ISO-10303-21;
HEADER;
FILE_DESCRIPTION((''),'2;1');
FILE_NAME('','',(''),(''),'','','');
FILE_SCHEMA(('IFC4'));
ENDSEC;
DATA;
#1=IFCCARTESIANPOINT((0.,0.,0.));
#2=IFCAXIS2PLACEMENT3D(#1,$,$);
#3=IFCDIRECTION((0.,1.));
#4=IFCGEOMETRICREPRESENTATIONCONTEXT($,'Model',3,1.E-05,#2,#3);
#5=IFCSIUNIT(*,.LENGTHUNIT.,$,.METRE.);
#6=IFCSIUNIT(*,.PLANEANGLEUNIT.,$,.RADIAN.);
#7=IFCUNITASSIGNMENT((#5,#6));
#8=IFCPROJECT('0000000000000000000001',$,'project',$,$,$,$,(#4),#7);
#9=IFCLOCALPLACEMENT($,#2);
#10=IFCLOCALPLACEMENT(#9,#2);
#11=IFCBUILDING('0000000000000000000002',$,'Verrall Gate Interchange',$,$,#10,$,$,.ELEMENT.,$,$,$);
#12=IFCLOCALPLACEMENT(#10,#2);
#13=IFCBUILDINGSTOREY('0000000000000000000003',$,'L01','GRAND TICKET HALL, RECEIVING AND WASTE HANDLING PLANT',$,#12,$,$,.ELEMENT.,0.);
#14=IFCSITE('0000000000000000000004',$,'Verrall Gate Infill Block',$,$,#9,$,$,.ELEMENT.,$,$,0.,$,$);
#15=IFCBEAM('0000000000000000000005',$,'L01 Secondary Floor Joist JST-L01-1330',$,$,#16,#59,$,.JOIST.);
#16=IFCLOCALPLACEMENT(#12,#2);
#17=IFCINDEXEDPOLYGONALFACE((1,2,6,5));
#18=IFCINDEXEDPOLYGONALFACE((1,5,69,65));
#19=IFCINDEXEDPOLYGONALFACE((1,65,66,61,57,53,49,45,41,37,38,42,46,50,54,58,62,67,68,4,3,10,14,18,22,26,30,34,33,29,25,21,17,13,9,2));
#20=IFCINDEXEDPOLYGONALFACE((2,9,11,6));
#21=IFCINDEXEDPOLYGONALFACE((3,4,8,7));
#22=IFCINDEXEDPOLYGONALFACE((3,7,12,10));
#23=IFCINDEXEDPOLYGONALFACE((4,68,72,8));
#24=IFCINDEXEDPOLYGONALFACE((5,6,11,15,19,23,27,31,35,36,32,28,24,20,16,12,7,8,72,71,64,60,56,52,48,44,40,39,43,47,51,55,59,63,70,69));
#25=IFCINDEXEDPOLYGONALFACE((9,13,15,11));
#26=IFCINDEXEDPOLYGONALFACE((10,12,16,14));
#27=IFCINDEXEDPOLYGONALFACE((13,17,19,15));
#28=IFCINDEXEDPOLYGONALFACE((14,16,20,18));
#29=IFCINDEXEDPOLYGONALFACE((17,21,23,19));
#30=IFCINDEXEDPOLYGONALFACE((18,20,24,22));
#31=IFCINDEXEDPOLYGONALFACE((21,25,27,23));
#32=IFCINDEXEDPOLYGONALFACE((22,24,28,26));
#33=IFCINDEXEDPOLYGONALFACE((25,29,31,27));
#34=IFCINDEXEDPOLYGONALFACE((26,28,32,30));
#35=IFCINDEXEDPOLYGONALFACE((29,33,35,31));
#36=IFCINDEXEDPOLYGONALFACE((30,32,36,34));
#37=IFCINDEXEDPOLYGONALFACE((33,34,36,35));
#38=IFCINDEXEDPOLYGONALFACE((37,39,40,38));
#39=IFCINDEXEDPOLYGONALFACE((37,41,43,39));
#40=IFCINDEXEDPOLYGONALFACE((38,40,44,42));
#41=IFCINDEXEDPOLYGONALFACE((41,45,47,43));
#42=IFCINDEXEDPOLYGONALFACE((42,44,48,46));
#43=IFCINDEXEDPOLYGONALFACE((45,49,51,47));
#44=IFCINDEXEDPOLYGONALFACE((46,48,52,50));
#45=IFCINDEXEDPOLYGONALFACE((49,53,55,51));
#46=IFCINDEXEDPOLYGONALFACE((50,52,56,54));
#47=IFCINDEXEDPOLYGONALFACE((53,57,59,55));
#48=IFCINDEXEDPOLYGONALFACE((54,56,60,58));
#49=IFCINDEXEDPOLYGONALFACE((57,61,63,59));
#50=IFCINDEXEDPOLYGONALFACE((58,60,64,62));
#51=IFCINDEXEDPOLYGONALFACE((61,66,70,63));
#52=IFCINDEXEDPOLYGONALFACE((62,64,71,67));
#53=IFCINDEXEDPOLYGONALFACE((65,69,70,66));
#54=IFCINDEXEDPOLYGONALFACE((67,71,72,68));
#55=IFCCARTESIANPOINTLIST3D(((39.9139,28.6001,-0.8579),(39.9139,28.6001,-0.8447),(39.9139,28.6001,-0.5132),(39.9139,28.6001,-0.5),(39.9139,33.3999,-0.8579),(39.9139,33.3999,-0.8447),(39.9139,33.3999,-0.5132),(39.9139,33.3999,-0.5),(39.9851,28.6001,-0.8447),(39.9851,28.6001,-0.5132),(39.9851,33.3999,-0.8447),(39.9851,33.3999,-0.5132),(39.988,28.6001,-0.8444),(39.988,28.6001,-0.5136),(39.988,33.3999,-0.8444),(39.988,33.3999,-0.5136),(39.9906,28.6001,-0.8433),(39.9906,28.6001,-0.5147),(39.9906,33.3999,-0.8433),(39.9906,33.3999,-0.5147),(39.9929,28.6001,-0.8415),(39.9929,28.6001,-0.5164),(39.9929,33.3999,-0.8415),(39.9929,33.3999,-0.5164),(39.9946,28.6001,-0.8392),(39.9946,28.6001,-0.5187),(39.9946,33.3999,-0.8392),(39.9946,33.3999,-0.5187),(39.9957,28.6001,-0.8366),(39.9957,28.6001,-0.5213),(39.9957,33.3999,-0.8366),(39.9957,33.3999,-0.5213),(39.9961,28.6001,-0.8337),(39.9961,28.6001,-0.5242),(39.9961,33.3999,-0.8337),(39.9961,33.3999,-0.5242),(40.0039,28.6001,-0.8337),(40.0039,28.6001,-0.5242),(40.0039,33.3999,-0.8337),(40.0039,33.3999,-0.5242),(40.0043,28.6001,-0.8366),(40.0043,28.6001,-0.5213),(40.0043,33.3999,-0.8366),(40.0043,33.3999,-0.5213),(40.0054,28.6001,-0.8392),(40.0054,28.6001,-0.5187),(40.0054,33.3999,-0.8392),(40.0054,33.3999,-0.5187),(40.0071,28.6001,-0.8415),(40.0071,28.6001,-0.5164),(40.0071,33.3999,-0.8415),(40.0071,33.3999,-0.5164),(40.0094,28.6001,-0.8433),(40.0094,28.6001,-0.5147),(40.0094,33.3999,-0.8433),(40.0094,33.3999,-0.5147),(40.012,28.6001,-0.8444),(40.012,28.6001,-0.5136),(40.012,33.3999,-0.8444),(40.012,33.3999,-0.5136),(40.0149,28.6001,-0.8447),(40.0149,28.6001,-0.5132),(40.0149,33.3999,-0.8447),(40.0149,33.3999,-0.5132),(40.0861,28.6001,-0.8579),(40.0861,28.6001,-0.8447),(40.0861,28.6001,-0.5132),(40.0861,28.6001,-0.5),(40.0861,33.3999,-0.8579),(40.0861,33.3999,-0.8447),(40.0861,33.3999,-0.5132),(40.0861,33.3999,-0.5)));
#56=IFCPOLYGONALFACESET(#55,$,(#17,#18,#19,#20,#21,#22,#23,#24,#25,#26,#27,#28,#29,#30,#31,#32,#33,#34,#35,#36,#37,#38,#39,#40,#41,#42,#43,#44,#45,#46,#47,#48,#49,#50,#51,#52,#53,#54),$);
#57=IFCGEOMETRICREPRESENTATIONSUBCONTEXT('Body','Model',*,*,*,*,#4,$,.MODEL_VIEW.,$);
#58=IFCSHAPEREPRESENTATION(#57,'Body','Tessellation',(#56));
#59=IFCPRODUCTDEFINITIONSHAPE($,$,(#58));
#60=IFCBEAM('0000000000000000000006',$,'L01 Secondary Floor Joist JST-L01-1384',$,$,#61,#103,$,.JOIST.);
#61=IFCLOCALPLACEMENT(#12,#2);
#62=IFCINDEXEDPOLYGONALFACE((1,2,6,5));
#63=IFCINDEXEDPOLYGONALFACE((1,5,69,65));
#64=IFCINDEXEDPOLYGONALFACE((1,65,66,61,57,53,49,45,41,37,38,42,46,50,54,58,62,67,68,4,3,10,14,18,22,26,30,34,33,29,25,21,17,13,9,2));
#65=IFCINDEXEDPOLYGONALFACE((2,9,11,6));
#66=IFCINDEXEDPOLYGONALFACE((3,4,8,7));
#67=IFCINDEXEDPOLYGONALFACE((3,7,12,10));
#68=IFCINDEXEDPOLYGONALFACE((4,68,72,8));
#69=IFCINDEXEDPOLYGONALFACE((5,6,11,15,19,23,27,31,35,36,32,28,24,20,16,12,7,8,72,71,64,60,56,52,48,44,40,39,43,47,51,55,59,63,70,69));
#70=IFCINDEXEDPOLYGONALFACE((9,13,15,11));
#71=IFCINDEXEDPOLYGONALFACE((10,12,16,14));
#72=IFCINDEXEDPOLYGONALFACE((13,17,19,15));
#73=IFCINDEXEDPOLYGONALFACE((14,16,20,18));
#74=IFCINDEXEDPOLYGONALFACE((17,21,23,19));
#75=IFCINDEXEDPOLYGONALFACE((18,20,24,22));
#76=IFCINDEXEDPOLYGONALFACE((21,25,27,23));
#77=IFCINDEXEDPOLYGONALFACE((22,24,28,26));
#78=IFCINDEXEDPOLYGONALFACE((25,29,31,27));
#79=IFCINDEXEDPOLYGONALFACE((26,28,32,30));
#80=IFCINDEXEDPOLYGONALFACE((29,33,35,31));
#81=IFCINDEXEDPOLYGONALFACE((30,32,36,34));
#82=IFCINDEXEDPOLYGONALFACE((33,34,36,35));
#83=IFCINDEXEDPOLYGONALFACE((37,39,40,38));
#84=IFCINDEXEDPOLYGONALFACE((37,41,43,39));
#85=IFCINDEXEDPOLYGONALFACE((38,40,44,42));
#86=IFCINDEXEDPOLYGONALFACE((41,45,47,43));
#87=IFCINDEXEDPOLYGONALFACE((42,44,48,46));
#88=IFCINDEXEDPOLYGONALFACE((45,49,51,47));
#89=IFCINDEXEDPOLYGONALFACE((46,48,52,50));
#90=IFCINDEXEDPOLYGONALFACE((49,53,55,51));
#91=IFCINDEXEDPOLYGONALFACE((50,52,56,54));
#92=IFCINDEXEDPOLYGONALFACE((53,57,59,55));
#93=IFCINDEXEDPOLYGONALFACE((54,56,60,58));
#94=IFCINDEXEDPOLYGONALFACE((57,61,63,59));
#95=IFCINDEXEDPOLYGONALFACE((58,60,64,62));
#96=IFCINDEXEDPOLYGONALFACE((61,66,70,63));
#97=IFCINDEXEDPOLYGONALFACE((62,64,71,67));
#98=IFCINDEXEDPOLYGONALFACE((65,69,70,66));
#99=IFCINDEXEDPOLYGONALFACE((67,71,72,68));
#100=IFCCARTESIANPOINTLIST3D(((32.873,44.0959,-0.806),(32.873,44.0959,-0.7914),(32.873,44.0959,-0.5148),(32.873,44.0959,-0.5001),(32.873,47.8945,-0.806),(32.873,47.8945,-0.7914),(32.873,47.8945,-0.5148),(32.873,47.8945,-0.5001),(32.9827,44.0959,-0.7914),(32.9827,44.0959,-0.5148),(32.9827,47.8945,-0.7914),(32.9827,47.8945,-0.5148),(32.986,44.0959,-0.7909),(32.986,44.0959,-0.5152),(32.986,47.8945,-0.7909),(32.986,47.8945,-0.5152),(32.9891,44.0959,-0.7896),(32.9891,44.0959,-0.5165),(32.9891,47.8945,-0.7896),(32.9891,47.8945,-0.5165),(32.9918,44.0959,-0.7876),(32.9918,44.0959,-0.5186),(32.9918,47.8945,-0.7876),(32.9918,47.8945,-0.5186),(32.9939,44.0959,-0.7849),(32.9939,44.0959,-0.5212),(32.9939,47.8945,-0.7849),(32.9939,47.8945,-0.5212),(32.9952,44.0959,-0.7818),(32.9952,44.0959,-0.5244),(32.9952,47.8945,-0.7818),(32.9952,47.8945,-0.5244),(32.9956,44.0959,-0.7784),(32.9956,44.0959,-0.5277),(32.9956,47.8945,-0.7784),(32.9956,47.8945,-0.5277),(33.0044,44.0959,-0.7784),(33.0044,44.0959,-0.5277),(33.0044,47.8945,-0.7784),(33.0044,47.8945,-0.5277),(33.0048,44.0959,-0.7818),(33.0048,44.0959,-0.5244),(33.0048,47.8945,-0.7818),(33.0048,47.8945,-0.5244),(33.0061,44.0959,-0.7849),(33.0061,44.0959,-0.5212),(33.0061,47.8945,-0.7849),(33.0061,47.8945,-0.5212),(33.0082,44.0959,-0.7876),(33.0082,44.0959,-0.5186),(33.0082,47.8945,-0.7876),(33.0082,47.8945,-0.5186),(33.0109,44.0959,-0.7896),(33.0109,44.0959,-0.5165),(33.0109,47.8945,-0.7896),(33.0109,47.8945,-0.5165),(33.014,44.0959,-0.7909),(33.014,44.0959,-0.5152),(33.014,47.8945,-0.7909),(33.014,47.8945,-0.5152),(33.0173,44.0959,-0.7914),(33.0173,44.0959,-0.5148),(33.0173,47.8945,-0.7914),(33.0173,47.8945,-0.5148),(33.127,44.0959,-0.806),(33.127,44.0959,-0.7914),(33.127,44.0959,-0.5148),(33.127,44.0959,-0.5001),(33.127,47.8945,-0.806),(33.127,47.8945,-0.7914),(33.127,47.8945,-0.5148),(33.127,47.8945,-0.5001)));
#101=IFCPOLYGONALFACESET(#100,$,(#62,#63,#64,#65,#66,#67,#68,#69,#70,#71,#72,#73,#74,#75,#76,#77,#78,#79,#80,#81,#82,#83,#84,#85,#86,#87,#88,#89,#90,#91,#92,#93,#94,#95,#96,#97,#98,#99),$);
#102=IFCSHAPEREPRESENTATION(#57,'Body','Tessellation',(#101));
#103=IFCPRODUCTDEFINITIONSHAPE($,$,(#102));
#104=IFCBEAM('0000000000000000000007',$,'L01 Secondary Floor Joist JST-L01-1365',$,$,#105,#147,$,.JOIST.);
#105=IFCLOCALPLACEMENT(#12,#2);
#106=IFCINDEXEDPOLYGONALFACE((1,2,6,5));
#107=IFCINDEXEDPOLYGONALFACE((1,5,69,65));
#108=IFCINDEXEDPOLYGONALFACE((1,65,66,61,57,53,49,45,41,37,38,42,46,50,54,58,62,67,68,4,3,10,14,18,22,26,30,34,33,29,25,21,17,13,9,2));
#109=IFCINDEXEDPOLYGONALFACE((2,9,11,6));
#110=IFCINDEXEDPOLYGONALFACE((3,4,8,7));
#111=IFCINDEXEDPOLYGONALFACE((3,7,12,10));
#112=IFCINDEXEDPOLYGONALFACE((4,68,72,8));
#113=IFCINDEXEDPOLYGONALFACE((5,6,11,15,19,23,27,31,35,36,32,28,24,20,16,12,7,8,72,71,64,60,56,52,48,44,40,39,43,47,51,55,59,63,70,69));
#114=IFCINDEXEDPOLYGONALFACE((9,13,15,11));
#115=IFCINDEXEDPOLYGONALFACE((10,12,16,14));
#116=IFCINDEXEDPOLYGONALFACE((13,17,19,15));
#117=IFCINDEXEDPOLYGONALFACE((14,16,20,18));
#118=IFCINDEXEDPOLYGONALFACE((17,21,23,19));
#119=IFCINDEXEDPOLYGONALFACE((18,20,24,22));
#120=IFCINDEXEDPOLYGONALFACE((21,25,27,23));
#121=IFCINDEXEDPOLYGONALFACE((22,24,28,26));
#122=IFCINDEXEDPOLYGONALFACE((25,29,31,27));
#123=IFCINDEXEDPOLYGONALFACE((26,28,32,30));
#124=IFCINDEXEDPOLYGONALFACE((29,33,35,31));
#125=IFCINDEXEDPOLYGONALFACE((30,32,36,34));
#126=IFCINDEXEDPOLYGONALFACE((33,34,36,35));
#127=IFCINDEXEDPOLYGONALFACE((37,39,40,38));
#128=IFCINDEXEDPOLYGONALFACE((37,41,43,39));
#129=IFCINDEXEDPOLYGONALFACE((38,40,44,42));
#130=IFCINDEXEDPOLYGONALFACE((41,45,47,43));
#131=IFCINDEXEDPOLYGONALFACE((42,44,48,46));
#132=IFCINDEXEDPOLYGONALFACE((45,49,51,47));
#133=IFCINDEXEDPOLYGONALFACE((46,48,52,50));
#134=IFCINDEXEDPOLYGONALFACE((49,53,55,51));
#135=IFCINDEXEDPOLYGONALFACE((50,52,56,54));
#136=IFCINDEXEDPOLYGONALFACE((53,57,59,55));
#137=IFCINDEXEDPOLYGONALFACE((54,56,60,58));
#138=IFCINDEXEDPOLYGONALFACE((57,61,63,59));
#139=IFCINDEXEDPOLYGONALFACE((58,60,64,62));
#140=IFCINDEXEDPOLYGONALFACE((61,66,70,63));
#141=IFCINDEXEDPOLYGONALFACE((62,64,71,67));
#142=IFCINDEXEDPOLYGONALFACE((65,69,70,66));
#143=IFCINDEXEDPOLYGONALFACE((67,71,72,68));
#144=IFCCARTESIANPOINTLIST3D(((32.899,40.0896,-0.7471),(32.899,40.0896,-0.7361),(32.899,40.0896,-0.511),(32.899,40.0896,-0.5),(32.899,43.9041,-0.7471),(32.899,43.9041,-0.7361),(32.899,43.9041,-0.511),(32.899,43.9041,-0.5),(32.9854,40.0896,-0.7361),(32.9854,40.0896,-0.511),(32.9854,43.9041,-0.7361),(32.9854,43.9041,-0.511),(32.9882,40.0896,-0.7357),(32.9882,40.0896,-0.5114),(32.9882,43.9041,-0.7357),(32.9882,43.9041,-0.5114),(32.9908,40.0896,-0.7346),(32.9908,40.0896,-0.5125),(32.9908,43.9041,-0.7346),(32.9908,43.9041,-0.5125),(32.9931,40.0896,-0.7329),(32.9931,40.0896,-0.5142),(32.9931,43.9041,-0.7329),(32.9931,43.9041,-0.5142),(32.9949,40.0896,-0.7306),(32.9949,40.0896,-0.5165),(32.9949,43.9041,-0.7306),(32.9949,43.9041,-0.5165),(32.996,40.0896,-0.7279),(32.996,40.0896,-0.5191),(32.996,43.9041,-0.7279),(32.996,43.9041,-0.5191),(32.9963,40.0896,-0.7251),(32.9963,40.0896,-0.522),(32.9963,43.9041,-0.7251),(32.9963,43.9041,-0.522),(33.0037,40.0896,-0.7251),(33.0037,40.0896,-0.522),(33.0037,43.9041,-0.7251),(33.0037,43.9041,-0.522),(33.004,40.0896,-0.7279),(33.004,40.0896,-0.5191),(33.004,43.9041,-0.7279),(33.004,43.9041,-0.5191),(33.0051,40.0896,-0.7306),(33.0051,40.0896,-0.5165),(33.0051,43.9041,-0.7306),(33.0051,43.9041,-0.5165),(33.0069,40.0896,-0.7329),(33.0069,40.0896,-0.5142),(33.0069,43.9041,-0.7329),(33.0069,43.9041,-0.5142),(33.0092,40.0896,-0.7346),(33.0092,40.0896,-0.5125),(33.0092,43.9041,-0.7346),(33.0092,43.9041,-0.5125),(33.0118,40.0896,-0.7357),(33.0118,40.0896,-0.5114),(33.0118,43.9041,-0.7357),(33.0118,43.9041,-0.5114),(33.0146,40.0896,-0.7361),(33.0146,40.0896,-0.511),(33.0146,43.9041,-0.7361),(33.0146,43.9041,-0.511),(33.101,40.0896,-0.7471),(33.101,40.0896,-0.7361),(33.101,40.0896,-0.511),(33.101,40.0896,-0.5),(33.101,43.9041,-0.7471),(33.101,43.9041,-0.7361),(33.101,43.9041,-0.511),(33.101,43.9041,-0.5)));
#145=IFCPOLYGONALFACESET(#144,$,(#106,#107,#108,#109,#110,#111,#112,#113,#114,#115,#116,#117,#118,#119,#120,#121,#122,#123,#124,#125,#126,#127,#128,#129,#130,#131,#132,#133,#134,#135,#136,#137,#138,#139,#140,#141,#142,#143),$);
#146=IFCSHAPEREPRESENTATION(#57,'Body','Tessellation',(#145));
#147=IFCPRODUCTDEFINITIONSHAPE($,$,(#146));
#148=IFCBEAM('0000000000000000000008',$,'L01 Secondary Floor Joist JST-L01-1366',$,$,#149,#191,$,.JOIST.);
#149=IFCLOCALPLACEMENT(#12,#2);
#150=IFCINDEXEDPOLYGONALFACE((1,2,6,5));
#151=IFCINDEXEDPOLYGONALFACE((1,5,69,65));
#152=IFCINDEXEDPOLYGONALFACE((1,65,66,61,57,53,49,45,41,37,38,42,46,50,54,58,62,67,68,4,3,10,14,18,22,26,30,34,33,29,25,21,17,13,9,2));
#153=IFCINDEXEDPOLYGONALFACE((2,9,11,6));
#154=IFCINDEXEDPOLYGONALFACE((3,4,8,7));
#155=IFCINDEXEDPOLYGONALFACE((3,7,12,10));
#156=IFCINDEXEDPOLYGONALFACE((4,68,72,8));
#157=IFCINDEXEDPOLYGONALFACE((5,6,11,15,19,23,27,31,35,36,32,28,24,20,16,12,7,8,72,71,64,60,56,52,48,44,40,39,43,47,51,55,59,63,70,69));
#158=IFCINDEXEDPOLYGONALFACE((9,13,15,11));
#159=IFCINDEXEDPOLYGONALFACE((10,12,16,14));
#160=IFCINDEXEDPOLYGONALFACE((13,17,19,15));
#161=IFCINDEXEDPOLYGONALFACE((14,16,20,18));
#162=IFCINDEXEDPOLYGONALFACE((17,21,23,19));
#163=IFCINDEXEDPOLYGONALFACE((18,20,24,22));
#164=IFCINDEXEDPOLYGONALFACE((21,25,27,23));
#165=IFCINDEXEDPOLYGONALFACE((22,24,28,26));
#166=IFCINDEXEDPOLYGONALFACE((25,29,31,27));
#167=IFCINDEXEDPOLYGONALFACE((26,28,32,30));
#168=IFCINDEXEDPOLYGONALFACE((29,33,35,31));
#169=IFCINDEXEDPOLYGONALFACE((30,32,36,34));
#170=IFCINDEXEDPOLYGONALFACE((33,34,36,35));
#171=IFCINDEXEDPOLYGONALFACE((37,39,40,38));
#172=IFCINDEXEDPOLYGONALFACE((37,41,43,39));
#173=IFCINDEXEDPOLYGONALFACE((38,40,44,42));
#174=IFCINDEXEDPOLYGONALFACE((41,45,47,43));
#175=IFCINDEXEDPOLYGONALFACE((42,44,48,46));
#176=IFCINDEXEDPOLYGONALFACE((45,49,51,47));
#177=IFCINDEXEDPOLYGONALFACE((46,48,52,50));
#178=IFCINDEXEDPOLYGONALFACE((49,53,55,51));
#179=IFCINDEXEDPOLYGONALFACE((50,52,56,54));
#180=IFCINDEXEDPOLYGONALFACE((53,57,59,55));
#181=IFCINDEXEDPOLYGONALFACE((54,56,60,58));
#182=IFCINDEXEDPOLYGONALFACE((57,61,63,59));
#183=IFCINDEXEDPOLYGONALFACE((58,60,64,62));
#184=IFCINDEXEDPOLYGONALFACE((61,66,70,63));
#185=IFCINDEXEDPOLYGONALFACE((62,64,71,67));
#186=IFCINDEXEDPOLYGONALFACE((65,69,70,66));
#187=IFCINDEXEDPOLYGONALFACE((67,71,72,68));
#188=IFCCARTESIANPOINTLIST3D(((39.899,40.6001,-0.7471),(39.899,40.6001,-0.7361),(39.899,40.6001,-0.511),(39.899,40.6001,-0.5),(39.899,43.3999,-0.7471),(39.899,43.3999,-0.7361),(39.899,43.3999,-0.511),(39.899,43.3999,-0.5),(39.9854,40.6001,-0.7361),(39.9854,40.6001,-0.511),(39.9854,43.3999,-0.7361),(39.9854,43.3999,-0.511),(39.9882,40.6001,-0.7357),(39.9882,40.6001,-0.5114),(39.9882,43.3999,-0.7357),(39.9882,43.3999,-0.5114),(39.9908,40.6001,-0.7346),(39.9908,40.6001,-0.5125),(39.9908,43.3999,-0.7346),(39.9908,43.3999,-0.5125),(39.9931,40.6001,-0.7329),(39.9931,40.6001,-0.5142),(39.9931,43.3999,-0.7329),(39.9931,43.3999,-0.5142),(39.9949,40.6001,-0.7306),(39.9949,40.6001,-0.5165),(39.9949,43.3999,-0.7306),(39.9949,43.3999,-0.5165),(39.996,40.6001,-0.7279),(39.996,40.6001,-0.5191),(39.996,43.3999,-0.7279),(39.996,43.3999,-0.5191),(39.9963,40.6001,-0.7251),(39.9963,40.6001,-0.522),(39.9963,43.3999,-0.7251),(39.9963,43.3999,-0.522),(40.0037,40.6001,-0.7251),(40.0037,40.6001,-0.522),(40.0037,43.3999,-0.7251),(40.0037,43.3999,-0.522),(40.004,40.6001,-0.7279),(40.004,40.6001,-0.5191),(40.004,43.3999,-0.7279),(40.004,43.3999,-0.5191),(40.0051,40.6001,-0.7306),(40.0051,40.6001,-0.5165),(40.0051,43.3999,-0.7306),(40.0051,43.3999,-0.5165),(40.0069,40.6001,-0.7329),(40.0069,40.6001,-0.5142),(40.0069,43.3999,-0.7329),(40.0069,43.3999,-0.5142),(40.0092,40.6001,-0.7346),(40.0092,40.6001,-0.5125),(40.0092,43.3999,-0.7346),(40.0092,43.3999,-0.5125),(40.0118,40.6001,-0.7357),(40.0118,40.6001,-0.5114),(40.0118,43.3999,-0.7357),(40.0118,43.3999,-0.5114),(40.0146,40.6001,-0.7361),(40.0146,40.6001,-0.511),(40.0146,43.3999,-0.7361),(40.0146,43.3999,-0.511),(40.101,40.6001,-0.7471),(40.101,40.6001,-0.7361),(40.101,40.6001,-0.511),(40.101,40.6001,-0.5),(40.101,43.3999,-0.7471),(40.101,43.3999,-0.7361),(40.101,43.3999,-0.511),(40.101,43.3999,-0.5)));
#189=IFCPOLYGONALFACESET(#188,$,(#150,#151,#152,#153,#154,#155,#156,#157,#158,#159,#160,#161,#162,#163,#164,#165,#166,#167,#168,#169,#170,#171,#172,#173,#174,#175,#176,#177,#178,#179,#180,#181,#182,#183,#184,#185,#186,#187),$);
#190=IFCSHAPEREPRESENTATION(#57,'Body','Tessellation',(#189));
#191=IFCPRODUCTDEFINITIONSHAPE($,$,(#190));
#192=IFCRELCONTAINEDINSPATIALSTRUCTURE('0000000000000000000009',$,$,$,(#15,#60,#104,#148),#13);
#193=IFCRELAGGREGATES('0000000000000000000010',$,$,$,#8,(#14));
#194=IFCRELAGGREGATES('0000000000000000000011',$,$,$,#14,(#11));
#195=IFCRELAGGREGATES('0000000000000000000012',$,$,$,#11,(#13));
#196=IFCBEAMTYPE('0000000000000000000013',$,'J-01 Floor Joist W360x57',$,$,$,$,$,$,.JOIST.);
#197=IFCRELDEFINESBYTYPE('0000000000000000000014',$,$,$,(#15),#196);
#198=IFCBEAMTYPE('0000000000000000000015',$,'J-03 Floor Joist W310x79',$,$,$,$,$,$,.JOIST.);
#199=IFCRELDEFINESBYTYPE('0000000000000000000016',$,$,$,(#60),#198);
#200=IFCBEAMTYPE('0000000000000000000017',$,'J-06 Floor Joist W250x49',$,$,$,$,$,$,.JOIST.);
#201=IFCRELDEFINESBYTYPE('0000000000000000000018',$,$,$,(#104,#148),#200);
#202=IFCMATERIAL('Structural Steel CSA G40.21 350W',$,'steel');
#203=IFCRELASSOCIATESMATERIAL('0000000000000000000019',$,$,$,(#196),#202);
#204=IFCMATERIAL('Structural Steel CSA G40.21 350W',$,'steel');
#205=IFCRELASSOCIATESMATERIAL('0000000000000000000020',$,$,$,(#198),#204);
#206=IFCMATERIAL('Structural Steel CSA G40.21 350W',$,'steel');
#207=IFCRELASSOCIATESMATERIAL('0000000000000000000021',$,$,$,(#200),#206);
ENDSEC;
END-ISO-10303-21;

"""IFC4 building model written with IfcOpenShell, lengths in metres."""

from ifc_helpers import new_model, si_unit, direction, frame, origin, origin_2d, place, context, subcontext, project, spatial, i_section, extrude, material, material_profile, profile_set, type_object, element, save


model = new_model("IFC4")

# Units and contexts
model_context = context("Model", 3, precision=1e-05, world=origin(), true_north=direction((0.0, 1.0)))
body_context = subcontext(model_context, "Body", "Model", "MODEL_VIEW")
ifc_project = project(units=[si_unit("LENGTHUNIT", "METRE"), si_unit("PLANEANGLEUNIT", "RADIAN")], contexts=[model_context])

# Site, building, storey
site_placement = place(None, origin())
site = spatial("IfcSite", under=ifc_project, at=site_placement, Name="Verrall Gate Infill Block", CompositionType="ELEMENT", RefElevation=0.0)
building_placement = place(site_placement, origin())
building = spatial("IfcBuilding", under=site, at=building_placement, Name="Verrall Gate Interchange", CompositionType="ELEMENT")
storey_placement = place(building_placement, origin())
storey = spatial("IfcBuildingStorey", under=building, at=storey_placement, Name="L01", Description="GRAND TICKET HALL, RECEIVING AND WASTE HANDLING PLANT", CompositionType="ELEMENT", Elevation=0.0)

# Beams
ifc_material_1 = material(Name="Structural Steel CSA G40.21 350W", Category="steel")
ifc_material_profile_1 = material_profile(ifc_material_1, i_section(OverallWidth=0.1721, OverallDepth=0.3579, WebThickness=0.0078, FlangeThickness=0.0132, FilletRadius=0.011, at=origin_2d()), Name="W360x57")
ifc_profile_set_1 = profile_set([ifc_material_profile_1], Name="Structural Steel CSA G40.21 350W")
beam_type_1 = type_object("IfcBeamType", Name="J-01 Floor Joist W360x57", PredefinedType="JOIST", material=ifc_profile_set_1)
beam_1_placement = place(storey_placement, frame((40.0, 28.6001, -0.679), z_axis=(0.0, 1.0, 0.0), x_axis=(-1.0, 0.0, 0.0)))
element("IfcBeam", 1, at=beam_1_placement, inside=storey, type_object=beam_type_1, Name="L01 Secondary Floor Joist JST-L01-1330", PredefinedType="JOIST", context=body_context, shape_type="SweptSolid", body=[
    extrude(i_section(OverallWidth=0.1721, OverallDepth=0.3579, WebThickness=0.0078, FlangeThickness=0.0132, FilletRadius=0.011, at=origin_2d()), origin(), (0.0, 0.0, 1.0), 4.7998),
])
ifc_material_2 = material(Name="Structural Steel CSA G40.21 350W", Category="steel")
ifc_material_profile_2 = material_profile(ifc_material_2, i_section(OverallWidth=0.2539, OverallDepth=0.3059, WebThickness=0.0088, FlangeThickness=0.0146, FilletRadius=0.0129, at=origin_2d()), Name="W310x79")
ifc_profile_set_2 = profile_set([ifc_material_profile_2], Name="Structural Steel CSA G40.21 350W")
beam_type_2 = type_object("IfcBeamType", Name="J-03 Floor Joist W310x79", PredefinedType="JOIST", material=ifc_profile_set_2)
beam_2_placement = place(storey_placement, frame((33.0, 44.0959, -0.6531), z_axis=(0.0, 1.0, 0.0), x_axis=(-1.0, 0.0, 0.0)))
element("IfcBeam", 2, at=beam_2_placement, inside=storey, type_object=beam_type_2, Name="L01 Secondary Floor Joist JST-L01-1384", PredefinedType="JOIST", context=body_context, shape_type="SweptSolid", body=[
    extrude(i_section(OverallWidth=0.2539, OverallDepth=0.3059, WebThickness=0.0088, FlangeThickness=0.0146, FilletRadius=0.0129, at=origin_2d()), origin(), (0.0, 0.0, 1.0), 3.7986),
])
ifc_material_3 = material(Name="Structural Steel CSA G40.21 350W", Category="steel")
ifc_material_profile_3 = material_profile(ifc_material_3, i_section(OverallWidth=0.2019, OverallDepth=0.2471, WebThickness=0.0073, FlangeThickness=0.011, FilletRadius=0.011, at=origin_2d()), Name="W250x49")
ifc_profile_set_3 = profile_set([ifc_material_profile_3], Name="Structural Steel CSA G40.21 350W")
beam_type_3 = type_object("IfcBeamType", Name="J-06 Floor Joist W250x49", PredefinedType="JOIST", material=ifc_profile_set_3)
beam_3_placement = place(storey_placement, frame((33.0, 40.0896, -0.6235), z_axis=(0.0, 1.0, 0.0), x_axis=(-1.0, 0.0, 0.0)))
element("IfcBeam", 3, at=beam_3_placement, inside=storey, type_object=beam_type_3, Name="L01 Secondary Floor Joist JST-L01-1365", PredefinedType="JOIST", context=body_context, shape_type="SweptSolid", body=[
    extrude(i_section(OverallWidth=0.2019, OverallDepth=0.2471, WebThickness=0.0073, FlangeThickness=0.011, FilletRadius=0.011, at=origin_2d()), origin(), (0.0, 0.0, 1.0), 3.8145),
])
beam_4_placement = place(storey_placement, frame((40.0, 40.6001, -0.6235), z_axis=(0.0, 1.0, 0.0), x_axis=(-1.0, 0.0, 0.0)))
element("IfcBeam", 4, at=beam_4_placement, inside=storey, type_object=beam_type_3, Name="L01 Secondary Floor Joist JST-L01-1366", PredefinedType="JOIST", context=body_context, shape_type="SweptSolid", body=[
    extrude(i_section(OverallWidth=0.2019, OverallDepth=0.2471, WebThickness=0.0073, FlangeThickness=0.011, FilletRadius=0.011, at=origin_2d()), origin(), (0.0, 0.0, 1.0), 2.7998),
])

save(model, "model.ifc")
